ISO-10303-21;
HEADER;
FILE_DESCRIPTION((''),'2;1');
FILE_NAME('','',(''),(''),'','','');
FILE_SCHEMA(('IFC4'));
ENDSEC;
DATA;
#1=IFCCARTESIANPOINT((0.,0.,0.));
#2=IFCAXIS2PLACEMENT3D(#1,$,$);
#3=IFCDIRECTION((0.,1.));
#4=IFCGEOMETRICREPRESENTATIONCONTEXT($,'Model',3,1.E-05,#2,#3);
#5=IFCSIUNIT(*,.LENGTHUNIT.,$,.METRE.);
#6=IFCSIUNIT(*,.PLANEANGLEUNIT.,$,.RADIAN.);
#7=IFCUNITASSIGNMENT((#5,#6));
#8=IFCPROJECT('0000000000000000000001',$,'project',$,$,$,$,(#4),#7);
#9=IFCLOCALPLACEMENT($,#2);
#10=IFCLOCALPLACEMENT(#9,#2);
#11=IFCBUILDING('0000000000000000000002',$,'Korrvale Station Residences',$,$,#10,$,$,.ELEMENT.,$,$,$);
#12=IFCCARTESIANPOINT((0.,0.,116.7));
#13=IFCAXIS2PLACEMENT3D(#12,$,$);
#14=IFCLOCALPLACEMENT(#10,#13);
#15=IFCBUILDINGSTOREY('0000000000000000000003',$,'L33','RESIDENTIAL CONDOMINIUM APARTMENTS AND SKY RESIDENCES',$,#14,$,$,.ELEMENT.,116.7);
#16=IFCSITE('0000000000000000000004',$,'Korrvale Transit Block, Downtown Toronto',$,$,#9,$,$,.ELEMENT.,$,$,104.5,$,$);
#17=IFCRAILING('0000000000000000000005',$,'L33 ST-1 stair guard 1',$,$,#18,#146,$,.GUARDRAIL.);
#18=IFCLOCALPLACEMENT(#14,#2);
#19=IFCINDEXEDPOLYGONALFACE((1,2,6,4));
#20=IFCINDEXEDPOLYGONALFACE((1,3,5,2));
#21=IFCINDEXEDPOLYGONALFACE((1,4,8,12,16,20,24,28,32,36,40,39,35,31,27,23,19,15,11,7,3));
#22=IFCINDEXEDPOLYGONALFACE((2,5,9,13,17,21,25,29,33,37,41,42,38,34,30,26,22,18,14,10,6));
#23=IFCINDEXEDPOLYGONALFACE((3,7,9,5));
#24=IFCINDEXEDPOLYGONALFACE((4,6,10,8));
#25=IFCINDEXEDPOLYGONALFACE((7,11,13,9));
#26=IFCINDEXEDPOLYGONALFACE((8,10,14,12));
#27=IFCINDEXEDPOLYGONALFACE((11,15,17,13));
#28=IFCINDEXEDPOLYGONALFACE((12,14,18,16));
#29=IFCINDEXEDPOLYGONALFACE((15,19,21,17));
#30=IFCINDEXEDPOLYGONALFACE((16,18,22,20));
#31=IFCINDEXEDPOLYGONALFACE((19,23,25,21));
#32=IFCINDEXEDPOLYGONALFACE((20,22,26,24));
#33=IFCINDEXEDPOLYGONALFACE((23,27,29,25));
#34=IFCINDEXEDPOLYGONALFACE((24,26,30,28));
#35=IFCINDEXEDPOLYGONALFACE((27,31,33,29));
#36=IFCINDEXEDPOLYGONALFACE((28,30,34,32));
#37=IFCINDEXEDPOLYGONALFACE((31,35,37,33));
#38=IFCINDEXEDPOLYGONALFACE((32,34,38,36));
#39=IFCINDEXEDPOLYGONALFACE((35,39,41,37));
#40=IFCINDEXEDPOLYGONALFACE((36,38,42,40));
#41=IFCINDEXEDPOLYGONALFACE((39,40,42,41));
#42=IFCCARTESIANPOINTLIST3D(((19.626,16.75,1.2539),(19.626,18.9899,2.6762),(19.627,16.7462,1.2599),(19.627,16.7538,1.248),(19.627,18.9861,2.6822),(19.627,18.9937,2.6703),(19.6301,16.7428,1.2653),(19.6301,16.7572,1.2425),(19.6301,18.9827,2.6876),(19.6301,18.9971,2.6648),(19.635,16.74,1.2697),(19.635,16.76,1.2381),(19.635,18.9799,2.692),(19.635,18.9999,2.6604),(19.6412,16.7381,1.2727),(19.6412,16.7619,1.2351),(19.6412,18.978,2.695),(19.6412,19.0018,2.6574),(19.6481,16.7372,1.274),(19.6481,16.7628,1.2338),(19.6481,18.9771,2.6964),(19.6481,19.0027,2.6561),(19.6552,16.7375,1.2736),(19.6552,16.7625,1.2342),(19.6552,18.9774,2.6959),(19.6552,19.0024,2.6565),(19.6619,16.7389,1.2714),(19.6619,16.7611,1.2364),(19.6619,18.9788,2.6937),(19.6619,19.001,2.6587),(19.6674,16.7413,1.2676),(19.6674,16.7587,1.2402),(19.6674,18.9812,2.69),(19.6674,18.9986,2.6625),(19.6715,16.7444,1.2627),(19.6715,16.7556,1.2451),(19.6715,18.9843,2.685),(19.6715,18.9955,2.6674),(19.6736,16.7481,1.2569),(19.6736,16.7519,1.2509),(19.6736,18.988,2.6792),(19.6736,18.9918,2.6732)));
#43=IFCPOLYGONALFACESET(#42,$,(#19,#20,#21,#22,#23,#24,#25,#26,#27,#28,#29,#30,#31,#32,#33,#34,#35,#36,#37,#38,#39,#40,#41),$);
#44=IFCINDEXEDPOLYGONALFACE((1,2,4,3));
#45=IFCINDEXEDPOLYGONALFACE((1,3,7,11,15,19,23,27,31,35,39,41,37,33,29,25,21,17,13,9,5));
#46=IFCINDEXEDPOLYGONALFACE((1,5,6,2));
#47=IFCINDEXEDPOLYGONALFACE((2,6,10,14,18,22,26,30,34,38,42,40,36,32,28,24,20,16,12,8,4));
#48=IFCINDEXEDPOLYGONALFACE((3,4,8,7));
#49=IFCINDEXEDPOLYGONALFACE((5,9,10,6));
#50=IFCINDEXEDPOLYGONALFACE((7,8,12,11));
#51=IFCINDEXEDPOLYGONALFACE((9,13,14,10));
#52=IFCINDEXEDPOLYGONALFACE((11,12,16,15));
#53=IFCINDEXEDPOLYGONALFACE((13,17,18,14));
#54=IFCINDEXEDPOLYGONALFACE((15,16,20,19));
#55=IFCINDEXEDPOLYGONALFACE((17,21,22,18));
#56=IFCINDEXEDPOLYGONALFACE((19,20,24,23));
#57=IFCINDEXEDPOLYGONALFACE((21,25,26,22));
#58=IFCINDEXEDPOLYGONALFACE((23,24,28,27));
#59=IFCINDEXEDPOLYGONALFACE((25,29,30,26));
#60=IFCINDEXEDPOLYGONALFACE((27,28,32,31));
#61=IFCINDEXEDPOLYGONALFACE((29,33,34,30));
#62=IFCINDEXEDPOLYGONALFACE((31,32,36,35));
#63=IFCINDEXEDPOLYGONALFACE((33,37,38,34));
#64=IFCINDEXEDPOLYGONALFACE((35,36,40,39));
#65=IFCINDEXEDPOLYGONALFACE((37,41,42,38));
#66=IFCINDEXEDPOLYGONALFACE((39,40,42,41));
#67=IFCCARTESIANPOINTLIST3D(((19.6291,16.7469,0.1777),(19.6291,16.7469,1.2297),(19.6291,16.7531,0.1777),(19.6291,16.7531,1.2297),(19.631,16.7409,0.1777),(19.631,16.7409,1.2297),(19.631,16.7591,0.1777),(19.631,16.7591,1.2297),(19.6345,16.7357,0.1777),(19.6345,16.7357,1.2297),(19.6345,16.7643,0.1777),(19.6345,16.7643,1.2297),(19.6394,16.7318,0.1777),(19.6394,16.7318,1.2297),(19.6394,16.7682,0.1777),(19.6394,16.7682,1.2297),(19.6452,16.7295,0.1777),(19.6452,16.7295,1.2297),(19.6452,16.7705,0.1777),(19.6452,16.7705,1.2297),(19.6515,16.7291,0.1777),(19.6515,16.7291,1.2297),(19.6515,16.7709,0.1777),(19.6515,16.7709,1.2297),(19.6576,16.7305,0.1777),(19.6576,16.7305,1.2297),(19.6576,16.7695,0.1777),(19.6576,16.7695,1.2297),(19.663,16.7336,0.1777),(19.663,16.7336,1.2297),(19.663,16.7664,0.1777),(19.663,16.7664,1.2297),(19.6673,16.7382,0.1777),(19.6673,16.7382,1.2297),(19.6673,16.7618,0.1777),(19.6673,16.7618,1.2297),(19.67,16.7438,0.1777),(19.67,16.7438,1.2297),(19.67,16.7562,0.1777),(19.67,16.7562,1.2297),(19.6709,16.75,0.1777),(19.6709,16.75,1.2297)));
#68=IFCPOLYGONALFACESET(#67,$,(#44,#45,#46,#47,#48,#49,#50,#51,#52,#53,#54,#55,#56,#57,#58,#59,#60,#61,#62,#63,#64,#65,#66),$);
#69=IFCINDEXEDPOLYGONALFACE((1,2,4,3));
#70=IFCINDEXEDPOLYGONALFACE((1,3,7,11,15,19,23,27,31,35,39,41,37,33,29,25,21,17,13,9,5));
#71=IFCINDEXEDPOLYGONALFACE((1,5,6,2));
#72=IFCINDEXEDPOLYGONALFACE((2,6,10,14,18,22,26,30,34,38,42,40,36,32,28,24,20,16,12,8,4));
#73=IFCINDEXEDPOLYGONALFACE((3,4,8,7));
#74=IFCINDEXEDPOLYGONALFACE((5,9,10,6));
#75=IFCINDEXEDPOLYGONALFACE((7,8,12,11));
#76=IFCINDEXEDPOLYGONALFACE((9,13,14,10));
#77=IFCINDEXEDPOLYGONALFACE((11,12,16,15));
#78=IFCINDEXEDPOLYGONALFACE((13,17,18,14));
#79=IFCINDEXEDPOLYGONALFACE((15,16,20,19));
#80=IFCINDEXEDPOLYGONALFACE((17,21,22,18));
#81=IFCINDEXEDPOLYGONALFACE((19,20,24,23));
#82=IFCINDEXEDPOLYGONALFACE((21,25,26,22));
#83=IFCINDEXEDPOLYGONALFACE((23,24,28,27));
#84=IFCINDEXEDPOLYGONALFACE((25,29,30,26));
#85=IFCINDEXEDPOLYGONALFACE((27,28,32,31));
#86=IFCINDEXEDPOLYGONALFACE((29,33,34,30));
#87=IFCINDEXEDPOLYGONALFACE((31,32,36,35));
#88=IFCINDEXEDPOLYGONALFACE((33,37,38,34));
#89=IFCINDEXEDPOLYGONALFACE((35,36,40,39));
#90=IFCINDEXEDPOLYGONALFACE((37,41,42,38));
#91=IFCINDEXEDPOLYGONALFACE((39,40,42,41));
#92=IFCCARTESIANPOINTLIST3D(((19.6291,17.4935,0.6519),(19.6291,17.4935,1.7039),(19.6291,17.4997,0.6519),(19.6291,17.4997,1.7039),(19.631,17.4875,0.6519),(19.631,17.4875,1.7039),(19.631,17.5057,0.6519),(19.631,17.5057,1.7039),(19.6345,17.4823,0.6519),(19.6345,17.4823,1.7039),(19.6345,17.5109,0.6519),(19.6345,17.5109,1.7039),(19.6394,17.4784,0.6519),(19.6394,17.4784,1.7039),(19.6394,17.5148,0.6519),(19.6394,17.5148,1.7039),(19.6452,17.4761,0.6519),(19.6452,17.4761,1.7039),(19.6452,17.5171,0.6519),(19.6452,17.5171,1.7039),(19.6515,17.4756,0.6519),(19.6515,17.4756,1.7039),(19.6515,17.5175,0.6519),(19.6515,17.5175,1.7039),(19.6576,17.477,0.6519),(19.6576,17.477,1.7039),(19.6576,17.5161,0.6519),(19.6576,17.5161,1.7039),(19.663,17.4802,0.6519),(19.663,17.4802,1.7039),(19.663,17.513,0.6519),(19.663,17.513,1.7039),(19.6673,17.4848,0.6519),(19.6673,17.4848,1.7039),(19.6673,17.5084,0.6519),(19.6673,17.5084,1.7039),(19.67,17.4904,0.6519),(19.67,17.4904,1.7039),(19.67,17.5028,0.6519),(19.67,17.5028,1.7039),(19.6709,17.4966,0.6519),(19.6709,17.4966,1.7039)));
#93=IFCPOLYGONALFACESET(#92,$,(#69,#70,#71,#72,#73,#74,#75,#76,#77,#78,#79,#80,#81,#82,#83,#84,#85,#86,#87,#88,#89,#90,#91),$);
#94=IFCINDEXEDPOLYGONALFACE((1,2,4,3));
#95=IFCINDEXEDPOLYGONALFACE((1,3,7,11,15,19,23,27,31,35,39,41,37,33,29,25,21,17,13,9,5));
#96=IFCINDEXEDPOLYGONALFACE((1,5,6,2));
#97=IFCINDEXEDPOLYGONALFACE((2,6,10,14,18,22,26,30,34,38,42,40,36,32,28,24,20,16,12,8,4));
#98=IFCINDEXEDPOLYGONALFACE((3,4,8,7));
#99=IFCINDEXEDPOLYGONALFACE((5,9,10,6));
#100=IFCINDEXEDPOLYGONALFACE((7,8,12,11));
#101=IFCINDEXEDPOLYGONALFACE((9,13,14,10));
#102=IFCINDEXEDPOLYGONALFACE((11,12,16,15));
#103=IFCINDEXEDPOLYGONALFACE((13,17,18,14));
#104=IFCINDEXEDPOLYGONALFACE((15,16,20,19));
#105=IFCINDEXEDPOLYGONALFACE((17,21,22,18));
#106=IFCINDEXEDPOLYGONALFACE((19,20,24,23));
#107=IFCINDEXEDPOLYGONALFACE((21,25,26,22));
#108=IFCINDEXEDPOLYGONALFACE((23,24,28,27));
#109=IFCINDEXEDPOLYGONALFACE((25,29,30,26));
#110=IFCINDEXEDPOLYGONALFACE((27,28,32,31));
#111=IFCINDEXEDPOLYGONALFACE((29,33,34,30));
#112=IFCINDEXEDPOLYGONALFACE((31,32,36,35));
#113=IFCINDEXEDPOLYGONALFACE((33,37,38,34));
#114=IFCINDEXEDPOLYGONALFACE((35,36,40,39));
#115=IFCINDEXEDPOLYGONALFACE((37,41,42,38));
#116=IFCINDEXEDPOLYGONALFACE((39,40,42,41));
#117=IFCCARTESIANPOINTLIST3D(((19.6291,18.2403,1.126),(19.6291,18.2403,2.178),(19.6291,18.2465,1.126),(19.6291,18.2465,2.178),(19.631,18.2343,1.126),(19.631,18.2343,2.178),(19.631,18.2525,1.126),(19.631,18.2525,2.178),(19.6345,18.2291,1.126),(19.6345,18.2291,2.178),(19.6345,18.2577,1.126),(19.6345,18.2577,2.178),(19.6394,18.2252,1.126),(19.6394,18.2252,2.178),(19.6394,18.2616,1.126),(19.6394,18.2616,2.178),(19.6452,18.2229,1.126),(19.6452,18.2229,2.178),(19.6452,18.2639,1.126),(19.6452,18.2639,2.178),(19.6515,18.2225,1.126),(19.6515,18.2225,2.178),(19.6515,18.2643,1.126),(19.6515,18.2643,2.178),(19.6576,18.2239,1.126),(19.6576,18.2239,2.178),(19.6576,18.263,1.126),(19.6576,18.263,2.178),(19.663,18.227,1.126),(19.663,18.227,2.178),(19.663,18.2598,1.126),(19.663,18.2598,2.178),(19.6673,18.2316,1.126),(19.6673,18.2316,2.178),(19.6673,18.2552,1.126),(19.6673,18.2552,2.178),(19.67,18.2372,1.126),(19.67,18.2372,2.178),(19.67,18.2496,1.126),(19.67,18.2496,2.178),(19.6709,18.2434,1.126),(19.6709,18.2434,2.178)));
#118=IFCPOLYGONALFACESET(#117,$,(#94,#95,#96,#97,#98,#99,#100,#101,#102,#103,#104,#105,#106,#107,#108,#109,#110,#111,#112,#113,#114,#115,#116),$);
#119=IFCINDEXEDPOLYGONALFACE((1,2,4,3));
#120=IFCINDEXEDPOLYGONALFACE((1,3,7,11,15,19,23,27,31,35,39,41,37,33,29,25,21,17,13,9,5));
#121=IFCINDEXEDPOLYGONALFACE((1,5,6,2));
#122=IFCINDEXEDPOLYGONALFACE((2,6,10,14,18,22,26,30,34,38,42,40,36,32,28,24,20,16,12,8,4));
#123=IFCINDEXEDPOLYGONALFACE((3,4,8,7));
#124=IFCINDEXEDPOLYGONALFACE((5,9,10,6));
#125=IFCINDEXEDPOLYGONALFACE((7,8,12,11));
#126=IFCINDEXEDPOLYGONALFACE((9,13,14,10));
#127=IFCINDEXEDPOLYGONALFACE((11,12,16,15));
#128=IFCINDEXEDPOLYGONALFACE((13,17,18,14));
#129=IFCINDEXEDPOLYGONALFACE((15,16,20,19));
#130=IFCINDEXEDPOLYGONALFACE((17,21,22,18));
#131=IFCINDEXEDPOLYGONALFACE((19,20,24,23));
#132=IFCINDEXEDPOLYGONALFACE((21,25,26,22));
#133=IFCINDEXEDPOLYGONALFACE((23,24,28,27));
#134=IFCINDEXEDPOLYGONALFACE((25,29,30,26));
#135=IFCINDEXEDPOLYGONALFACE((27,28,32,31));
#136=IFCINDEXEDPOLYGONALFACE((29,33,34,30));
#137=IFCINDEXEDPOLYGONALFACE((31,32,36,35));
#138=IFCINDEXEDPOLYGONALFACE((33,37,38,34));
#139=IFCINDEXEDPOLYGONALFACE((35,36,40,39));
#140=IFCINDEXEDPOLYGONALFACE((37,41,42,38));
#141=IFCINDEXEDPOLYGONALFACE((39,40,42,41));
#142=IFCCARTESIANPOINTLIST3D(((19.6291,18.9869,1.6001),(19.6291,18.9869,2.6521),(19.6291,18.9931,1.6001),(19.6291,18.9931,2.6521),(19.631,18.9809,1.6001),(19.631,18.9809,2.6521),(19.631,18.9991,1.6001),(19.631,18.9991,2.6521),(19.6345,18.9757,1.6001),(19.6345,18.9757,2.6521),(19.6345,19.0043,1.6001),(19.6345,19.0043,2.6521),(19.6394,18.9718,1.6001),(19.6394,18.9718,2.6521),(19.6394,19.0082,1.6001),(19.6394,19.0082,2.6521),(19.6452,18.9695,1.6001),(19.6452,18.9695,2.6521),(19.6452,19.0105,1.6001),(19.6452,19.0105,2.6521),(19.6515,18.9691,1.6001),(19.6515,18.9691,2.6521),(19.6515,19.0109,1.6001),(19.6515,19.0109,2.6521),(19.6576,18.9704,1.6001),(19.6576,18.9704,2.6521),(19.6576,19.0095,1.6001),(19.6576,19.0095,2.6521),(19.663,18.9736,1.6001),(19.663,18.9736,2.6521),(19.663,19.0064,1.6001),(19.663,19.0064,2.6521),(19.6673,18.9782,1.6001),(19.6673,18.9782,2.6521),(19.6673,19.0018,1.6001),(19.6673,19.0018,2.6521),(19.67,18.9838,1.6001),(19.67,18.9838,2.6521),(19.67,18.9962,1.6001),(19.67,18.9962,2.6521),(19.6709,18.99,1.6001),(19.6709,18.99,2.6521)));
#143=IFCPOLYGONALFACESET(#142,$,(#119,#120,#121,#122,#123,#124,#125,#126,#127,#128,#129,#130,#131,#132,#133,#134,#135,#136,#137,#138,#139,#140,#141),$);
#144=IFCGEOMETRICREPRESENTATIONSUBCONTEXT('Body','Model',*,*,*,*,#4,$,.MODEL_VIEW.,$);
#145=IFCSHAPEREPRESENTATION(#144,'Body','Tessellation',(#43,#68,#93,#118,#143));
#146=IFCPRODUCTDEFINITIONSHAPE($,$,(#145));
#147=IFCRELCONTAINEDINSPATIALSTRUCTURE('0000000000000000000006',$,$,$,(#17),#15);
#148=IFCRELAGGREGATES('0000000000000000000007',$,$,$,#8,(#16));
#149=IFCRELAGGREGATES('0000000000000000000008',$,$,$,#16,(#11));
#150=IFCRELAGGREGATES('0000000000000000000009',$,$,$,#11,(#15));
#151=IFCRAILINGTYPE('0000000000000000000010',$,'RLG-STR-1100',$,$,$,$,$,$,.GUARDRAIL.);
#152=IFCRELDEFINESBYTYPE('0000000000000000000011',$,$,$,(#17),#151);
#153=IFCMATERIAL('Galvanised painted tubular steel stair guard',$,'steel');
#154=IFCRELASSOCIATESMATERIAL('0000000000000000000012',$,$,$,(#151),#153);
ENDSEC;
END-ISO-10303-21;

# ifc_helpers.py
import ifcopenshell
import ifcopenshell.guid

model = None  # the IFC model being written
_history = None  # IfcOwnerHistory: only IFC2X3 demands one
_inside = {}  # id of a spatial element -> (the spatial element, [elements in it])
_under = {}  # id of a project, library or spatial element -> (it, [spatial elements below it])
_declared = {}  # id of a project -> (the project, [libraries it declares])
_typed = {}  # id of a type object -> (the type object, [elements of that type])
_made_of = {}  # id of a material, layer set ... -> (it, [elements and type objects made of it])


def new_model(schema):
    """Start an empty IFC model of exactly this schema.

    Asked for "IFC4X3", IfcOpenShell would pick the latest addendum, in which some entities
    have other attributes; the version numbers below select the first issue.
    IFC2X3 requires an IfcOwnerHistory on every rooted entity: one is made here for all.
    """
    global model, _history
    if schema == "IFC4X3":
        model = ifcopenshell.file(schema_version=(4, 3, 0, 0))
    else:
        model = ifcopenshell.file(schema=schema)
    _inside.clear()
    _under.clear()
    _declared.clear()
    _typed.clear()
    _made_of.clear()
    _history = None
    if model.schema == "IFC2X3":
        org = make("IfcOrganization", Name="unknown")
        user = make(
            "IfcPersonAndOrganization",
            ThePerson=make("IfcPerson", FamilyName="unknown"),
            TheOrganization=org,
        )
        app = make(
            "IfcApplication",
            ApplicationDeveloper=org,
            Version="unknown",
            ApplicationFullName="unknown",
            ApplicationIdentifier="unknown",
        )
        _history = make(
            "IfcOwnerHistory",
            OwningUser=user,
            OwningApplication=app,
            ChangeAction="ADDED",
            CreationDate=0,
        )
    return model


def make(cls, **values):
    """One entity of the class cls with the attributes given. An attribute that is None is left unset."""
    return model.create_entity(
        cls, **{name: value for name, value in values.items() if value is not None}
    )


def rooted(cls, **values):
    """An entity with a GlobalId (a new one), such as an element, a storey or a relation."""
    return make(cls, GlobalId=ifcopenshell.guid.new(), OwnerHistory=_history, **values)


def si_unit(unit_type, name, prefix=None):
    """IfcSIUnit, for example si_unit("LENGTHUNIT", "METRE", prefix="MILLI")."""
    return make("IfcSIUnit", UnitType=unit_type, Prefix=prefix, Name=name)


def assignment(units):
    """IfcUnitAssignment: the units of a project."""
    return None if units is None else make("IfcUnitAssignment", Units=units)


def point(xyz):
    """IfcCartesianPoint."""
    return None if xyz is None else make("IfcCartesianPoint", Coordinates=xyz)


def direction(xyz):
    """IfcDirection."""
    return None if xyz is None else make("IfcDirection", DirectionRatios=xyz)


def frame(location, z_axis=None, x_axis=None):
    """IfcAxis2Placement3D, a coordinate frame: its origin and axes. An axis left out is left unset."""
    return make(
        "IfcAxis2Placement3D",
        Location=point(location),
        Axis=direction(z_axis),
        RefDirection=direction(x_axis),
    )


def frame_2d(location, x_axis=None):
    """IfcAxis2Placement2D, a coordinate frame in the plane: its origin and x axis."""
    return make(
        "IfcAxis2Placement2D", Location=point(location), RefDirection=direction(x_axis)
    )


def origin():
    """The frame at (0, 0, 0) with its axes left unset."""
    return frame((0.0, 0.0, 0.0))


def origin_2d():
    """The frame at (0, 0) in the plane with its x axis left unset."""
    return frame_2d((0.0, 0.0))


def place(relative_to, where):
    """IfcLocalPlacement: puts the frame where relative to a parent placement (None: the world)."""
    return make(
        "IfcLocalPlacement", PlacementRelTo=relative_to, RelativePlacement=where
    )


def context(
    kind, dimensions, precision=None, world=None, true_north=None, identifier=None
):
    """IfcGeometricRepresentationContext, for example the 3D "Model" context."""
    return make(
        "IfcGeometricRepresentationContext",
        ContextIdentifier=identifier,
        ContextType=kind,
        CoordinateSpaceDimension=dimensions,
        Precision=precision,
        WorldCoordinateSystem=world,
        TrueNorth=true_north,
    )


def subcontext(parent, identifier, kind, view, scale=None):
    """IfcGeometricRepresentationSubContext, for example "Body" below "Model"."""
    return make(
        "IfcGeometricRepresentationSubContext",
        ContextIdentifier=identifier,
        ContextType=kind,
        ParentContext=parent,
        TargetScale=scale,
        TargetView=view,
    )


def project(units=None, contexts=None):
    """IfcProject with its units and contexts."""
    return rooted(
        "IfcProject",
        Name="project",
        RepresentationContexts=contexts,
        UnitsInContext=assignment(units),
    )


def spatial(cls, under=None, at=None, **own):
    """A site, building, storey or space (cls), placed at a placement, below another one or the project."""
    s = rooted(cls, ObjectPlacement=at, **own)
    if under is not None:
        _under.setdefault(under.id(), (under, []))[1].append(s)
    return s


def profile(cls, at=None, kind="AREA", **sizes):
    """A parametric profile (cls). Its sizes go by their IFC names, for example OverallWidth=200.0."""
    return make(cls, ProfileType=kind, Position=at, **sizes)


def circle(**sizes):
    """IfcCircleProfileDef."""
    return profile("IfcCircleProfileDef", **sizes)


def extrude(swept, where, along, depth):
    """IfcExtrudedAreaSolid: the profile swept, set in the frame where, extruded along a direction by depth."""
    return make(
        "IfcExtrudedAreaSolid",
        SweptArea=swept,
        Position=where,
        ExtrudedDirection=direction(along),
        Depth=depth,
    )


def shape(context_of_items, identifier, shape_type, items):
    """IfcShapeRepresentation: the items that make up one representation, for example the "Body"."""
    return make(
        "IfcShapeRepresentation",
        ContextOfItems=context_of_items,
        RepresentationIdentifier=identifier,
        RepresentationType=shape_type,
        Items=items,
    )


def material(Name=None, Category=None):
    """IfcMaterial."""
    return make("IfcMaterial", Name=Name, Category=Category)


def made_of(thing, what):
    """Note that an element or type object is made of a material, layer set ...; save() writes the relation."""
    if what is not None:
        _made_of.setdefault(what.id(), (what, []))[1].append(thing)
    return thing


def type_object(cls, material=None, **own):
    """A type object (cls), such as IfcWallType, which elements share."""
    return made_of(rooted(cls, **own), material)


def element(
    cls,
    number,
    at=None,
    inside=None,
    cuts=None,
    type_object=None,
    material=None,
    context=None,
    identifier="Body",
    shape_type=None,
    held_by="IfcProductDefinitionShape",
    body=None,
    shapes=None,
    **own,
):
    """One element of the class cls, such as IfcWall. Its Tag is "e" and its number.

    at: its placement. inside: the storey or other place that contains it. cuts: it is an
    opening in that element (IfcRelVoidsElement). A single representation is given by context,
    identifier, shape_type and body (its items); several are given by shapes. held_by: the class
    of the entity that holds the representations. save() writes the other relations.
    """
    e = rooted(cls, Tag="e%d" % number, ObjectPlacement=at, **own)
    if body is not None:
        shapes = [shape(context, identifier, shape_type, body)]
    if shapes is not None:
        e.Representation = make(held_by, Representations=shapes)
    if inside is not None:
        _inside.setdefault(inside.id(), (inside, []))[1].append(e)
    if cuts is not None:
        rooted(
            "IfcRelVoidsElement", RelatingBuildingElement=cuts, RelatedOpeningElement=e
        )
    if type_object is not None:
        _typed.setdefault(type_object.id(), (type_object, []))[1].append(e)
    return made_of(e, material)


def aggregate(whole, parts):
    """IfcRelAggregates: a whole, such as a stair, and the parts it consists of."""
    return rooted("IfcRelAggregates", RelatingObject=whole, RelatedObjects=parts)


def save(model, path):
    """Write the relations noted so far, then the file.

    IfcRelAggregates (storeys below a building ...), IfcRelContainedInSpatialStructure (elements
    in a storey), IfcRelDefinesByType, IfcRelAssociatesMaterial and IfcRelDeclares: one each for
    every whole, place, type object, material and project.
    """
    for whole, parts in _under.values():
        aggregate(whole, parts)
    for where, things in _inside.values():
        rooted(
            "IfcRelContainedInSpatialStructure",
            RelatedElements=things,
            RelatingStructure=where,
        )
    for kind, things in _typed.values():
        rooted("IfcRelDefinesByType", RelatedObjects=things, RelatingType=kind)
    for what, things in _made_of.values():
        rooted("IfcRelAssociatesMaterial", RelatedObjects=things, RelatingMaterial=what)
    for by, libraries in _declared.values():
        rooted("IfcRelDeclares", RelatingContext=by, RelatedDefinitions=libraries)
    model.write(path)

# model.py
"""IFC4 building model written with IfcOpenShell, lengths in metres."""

from ifc_helpers import new_model, si_unit, direction, frame, origin, origin_2d, place, context, subcontext, project, spatial, circle, extrude, material, type_object, element, save


model = new_model("IFC4")

# Units and contexts
model_context = context("Model", 3, precision=1e-05, world=origin(), true_north=direction((0.0, 1.0)))
body_context = subcontext(model_context, "Body", "Model", "MODEL_VIEW")
ifc_project = project(units=[si_unit("LENGTHUNIT", "METRE"), si_unit("PLANEANGLEUNIT", "RADIAN")], contexts=[model_context])

# Site, building, storey
site_placement = place(None, origin())
site = spatial("IfcSite", under=ifc_project, at=site_placement, Name="Korrvale Transit Block, Downtown Toronto", CompositionType="ELEMENT", RefElevation=104.5)
building_placement = place(site_placement, origin())
building = spatial("IfcBuilding", under=site, at=building_placement, Name="Korrvale Station Residences", CompositionType="ELEMENT")
storey_placement = place(building_placement, frame((0.0, 0.0, 116.7)))
storey = spatial("IfcBuildingStorey", under=building, at=storey_placement, Name="L33", Description="RESIDENTIAL CONDOMINIUM APARTMENTS AND SKY RESIDENCES", CompositionType="ELEMENT", Elevation=116.7)

# Railing
ifc_material_1 = material(Name="Galvanised painted tubular steel stair guard", Category="steel")
railing_type_1 = type_object("IfcRailingType", Name="RLG-STR-1100", PredefinedType="GUARDRAIL", material=ifc_material_1)
railing_1_placement = place(storey_placement, frame((19.6499, 16.75, 0.1777)))
element("IfcRailing", 1, at=railing_1_placement, inside=storey, type_object=railing_type_1, Name="L33 ST-1 stair guard 1", PredefinedType="GUARDRAIL", context=body_context, shape_type="SweptSolid", body=[
    extrude(circle(Radius=0.0239, at=origin_2d()), frame((0.0, 0.0, 1.0762), z_axis=(0.0, 0.844188, 0.536048), x_axis=(-1.0, 0.0, 0.0)), (0.0, 0.0, 1.0), 2.6533),
    extrude(circle(Radius=0.021, at=origin_2d()), origin(), (0.0, 0.0, 1.0), 1.052),
    extrude(circle(Radius=0.021, at=origin_2d()), frame((0.0, 0.7466, 0.4741)), (0.0, 0.0, 1.0), 1.052),
    extrude(circle(Radius=0.021, at=origin_2d()), frame((0.0, 1.4934, 0.9482)), (0.0, 0.0, 1.0), 1.052),
    extrude(circle(Radius=0.021, at=origin_2d()), frame((0.0, 2.24, 1.4224)), (0.0, 0.0, 1.0), 1.052),
])

save(model, "model.ifc")
